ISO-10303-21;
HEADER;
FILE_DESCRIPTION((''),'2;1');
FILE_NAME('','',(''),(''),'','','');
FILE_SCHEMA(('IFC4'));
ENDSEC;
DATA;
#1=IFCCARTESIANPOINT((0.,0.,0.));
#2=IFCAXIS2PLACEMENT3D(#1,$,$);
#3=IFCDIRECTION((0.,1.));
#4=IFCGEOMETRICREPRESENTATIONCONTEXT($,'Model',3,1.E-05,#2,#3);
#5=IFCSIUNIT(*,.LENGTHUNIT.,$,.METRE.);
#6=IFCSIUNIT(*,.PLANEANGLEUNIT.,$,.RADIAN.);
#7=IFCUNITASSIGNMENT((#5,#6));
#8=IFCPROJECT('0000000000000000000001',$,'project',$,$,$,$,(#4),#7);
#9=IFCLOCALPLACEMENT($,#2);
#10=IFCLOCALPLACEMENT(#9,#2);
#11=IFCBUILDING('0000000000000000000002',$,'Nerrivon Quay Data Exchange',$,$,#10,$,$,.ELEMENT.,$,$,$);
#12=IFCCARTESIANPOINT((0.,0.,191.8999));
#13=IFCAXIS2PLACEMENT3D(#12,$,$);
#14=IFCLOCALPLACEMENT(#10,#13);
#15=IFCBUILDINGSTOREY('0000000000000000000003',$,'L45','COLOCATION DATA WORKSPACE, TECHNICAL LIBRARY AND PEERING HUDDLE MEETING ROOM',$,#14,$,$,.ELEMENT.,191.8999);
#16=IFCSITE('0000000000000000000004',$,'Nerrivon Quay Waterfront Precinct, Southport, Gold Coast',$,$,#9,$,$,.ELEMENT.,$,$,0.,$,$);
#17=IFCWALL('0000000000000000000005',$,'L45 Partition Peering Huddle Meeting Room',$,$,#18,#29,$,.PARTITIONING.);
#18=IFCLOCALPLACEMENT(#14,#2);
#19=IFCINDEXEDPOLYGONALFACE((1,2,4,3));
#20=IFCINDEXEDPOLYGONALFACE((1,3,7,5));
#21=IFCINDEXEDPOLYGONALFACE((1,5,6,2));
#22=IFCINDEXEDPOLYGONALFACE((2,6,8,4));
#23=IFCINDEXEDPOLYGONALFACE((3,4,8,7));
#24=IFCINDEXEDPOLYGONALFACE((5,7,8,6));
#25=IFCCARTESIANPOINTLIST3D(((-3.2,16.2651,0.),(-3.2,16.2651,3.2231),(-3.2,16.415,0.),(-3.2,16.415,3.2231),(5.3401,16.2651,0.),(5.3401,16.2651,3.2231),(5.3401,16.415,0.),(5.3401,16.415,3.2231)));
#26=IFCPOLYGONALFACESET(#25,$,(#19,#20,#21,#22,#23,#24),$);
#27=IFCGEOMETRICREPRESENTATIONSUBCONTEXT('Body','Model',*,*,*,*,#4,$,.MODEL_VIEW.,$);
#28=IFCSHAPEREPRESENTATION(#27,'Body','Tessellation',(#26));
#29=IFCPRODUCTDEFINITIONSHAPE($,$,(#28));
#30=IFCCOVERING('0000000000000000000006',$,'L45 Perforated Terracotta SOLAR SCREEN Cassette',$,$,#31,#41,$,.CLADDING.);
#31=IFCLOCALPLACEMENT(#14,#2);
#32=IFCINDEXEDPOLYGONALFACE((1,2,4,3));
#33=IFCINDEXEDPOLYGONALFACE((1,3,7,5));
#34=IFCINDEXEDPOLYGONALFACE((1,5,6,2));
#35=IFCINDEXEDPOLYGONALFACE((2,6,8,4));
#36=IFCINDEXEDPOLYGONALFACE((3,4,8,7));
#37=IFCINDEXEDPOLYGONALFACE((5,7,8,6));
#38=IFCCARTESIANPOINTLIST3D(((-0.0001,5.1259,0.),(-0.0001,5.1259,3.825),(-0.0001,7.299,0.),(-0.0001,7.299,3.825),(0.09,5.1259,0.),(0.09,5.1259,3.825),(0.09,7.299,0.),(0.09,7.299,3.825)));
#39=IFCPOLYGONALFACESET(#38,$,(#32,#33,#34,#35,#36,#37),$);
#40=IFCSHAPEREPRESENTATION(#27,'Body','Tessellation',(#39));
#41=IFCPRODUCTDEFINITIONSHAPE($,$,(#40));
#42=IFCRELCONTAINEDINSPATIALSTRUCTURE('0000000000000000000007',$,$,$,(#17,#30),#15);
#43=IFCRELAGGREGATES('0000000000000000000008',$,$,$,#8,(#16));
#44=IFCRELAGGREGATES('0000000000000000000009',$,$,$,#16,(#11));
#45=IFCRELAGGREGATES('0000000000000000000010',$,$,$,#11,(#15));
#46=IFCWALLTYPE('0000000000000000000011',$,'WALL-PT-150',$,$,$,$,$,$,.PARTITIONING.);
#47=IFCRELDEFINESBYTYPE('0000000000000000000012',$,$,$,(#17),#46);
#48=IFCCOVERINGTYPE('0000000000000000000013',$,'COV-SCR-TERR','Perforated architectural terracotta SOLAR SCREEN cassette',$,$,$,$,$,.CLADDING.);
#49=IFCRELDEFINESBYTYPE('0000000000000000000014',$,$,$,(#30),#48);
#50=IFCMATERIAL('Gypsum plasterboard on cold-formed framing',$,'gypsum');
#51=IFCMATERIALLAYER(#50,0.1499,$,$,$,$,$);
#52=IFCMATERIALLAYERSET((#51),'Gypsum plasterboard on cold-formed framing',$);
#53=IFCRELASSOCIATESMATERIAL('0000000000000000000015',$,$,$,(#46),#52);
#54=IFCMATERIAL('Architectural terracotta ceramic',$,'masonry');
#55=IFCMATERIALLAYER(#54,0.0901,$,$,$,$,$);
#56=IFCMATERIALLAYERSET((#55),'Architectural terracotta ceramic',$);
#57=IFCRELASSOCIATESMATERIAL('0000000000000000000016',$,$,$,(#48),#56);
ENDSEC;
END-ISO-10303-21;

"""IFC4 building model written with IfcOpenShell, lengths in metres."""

from ifc_helpers import new_model, si_unit, direction, frame, frame_2d, origin, origin_2d, place, context, subcontext, project, spatial, rectangle, extrude, material, layer, layer_set, type_object, element, save


model = new_model("IFC4")

# Units and contexts
model_context = context("Model", 3, precision=1e-05, world=origin(), true_north=direction((0.0, 1.0)))
body_context = subcontext(model_context, "Body", "Model", "MODEL_VIEW")
ifc_project = project(units=[si_unit("LENGTHUNIT", "METRE"), si_unit("PLANEANGLEUNIT", "RADIAN")], contexts=[model_context])

# Site, building, storey
site_placement = place(None, origin())
site = spatial("IfcSite", under=ifc_project, at=site_placement, Name="Nerrivon Quay Waterfront Precinct, Southport, Gold Coast", CompositionType="ELEMENT", RefElevation=0.0)
building_placement = place(site_placement, origin())
building = spatial("IfcBuilding", under=site, at=building_placement, Name="Nerrivon Quay Data Exchange", CompositionType="ELEMENT")
storey_placement = place(building_placement, frame((0.0, 0.0, 191.8999)))
storey = spatial("IfcBuildingStorey", under=building, at=storey_placement, Name="L45", Description="COLOCATION DATA WORKSPACE, TECHNICAL LIBRARY AND PEERING HUDDLE MEETING ROOM", CompositionType="ELEMENT", Elevation=191.8999)

# Shared definitions
ifc_material_1 = material(Name="Gypsum plasterboard on cold-formed framing", Category="gypsum")

# Wall
ifc_layer_1 = layer(ifc_material_1, 0.1499)
ifc_layer_set_1 = layer_set([ifc_layer_1], Name="Gypsum plasterboard on cold-formed framing")
wall_type_1 = type_object("IfcWallType", Name="WALL-PT-150", PredefinedType="PARTITIONING", material=ifc_layer_set_1)
wall_1_placement = place(storey_placement, frame((5.3401, 16.3401, 0.0), z_axis=(0.0, 0.0, 1.0), x_axis=(-1.0, 0.0, 0.0)))
element("IfcWall", 1, at=wall_1_placement, inside=storey, type_object=wall_type_1, Name="L45 Partition Peering Huddle Meeting Room", PredefinedType="PARTITIONING", context=body_context, shape_type="SweptSolid", body=[
    extrude(rectangle(XDim=8.54, YDim=0.1499, at=frame_2d((4.27, 0.0))), origin(), (0.0, 0.0, 1.0), 3.2231),
])

# Covering
ifc_material_2 = material(Name="Architectural terracotta ceramic", Category="masonry")
ifc_layer_2 = layer(ifc_material_2, 0.0901)
ifc_layer_set_2 = layer_set([ifc_layer_2], Name="Architectural terracotta ceramic")
covering_type = type_object("IfcCoveringType", Name="COV-SCR-TERR", Description="Perforated architectural terracotta SOLAR SCREEN cassette", PredefinedType="CLADDING", material=ifc_layer_set_2)
covering_placement = place(storey_placement, frame((0.0449, 6.2124, 0.0), z_axis=(0.0, 0.0, 1.0), x_axis=(0.0, 1.0, 0.0)))
element("IfcCovering", 2, at=covering_placement, inside=storey, type_object=covering_type, Name="L45 Perforated Terracotta SOLAR SCREEN Cassette", PredefinedType="CLADDING", context=body_context, shape_type="SweptSolid", body=[
    extrude(rectangle(XDim=2.1731, YDim=0.0901, at=origin_2d()), origin(), (0.0, 0.0, 1.0), 3.825),
])

save(model, "model.ifc")
